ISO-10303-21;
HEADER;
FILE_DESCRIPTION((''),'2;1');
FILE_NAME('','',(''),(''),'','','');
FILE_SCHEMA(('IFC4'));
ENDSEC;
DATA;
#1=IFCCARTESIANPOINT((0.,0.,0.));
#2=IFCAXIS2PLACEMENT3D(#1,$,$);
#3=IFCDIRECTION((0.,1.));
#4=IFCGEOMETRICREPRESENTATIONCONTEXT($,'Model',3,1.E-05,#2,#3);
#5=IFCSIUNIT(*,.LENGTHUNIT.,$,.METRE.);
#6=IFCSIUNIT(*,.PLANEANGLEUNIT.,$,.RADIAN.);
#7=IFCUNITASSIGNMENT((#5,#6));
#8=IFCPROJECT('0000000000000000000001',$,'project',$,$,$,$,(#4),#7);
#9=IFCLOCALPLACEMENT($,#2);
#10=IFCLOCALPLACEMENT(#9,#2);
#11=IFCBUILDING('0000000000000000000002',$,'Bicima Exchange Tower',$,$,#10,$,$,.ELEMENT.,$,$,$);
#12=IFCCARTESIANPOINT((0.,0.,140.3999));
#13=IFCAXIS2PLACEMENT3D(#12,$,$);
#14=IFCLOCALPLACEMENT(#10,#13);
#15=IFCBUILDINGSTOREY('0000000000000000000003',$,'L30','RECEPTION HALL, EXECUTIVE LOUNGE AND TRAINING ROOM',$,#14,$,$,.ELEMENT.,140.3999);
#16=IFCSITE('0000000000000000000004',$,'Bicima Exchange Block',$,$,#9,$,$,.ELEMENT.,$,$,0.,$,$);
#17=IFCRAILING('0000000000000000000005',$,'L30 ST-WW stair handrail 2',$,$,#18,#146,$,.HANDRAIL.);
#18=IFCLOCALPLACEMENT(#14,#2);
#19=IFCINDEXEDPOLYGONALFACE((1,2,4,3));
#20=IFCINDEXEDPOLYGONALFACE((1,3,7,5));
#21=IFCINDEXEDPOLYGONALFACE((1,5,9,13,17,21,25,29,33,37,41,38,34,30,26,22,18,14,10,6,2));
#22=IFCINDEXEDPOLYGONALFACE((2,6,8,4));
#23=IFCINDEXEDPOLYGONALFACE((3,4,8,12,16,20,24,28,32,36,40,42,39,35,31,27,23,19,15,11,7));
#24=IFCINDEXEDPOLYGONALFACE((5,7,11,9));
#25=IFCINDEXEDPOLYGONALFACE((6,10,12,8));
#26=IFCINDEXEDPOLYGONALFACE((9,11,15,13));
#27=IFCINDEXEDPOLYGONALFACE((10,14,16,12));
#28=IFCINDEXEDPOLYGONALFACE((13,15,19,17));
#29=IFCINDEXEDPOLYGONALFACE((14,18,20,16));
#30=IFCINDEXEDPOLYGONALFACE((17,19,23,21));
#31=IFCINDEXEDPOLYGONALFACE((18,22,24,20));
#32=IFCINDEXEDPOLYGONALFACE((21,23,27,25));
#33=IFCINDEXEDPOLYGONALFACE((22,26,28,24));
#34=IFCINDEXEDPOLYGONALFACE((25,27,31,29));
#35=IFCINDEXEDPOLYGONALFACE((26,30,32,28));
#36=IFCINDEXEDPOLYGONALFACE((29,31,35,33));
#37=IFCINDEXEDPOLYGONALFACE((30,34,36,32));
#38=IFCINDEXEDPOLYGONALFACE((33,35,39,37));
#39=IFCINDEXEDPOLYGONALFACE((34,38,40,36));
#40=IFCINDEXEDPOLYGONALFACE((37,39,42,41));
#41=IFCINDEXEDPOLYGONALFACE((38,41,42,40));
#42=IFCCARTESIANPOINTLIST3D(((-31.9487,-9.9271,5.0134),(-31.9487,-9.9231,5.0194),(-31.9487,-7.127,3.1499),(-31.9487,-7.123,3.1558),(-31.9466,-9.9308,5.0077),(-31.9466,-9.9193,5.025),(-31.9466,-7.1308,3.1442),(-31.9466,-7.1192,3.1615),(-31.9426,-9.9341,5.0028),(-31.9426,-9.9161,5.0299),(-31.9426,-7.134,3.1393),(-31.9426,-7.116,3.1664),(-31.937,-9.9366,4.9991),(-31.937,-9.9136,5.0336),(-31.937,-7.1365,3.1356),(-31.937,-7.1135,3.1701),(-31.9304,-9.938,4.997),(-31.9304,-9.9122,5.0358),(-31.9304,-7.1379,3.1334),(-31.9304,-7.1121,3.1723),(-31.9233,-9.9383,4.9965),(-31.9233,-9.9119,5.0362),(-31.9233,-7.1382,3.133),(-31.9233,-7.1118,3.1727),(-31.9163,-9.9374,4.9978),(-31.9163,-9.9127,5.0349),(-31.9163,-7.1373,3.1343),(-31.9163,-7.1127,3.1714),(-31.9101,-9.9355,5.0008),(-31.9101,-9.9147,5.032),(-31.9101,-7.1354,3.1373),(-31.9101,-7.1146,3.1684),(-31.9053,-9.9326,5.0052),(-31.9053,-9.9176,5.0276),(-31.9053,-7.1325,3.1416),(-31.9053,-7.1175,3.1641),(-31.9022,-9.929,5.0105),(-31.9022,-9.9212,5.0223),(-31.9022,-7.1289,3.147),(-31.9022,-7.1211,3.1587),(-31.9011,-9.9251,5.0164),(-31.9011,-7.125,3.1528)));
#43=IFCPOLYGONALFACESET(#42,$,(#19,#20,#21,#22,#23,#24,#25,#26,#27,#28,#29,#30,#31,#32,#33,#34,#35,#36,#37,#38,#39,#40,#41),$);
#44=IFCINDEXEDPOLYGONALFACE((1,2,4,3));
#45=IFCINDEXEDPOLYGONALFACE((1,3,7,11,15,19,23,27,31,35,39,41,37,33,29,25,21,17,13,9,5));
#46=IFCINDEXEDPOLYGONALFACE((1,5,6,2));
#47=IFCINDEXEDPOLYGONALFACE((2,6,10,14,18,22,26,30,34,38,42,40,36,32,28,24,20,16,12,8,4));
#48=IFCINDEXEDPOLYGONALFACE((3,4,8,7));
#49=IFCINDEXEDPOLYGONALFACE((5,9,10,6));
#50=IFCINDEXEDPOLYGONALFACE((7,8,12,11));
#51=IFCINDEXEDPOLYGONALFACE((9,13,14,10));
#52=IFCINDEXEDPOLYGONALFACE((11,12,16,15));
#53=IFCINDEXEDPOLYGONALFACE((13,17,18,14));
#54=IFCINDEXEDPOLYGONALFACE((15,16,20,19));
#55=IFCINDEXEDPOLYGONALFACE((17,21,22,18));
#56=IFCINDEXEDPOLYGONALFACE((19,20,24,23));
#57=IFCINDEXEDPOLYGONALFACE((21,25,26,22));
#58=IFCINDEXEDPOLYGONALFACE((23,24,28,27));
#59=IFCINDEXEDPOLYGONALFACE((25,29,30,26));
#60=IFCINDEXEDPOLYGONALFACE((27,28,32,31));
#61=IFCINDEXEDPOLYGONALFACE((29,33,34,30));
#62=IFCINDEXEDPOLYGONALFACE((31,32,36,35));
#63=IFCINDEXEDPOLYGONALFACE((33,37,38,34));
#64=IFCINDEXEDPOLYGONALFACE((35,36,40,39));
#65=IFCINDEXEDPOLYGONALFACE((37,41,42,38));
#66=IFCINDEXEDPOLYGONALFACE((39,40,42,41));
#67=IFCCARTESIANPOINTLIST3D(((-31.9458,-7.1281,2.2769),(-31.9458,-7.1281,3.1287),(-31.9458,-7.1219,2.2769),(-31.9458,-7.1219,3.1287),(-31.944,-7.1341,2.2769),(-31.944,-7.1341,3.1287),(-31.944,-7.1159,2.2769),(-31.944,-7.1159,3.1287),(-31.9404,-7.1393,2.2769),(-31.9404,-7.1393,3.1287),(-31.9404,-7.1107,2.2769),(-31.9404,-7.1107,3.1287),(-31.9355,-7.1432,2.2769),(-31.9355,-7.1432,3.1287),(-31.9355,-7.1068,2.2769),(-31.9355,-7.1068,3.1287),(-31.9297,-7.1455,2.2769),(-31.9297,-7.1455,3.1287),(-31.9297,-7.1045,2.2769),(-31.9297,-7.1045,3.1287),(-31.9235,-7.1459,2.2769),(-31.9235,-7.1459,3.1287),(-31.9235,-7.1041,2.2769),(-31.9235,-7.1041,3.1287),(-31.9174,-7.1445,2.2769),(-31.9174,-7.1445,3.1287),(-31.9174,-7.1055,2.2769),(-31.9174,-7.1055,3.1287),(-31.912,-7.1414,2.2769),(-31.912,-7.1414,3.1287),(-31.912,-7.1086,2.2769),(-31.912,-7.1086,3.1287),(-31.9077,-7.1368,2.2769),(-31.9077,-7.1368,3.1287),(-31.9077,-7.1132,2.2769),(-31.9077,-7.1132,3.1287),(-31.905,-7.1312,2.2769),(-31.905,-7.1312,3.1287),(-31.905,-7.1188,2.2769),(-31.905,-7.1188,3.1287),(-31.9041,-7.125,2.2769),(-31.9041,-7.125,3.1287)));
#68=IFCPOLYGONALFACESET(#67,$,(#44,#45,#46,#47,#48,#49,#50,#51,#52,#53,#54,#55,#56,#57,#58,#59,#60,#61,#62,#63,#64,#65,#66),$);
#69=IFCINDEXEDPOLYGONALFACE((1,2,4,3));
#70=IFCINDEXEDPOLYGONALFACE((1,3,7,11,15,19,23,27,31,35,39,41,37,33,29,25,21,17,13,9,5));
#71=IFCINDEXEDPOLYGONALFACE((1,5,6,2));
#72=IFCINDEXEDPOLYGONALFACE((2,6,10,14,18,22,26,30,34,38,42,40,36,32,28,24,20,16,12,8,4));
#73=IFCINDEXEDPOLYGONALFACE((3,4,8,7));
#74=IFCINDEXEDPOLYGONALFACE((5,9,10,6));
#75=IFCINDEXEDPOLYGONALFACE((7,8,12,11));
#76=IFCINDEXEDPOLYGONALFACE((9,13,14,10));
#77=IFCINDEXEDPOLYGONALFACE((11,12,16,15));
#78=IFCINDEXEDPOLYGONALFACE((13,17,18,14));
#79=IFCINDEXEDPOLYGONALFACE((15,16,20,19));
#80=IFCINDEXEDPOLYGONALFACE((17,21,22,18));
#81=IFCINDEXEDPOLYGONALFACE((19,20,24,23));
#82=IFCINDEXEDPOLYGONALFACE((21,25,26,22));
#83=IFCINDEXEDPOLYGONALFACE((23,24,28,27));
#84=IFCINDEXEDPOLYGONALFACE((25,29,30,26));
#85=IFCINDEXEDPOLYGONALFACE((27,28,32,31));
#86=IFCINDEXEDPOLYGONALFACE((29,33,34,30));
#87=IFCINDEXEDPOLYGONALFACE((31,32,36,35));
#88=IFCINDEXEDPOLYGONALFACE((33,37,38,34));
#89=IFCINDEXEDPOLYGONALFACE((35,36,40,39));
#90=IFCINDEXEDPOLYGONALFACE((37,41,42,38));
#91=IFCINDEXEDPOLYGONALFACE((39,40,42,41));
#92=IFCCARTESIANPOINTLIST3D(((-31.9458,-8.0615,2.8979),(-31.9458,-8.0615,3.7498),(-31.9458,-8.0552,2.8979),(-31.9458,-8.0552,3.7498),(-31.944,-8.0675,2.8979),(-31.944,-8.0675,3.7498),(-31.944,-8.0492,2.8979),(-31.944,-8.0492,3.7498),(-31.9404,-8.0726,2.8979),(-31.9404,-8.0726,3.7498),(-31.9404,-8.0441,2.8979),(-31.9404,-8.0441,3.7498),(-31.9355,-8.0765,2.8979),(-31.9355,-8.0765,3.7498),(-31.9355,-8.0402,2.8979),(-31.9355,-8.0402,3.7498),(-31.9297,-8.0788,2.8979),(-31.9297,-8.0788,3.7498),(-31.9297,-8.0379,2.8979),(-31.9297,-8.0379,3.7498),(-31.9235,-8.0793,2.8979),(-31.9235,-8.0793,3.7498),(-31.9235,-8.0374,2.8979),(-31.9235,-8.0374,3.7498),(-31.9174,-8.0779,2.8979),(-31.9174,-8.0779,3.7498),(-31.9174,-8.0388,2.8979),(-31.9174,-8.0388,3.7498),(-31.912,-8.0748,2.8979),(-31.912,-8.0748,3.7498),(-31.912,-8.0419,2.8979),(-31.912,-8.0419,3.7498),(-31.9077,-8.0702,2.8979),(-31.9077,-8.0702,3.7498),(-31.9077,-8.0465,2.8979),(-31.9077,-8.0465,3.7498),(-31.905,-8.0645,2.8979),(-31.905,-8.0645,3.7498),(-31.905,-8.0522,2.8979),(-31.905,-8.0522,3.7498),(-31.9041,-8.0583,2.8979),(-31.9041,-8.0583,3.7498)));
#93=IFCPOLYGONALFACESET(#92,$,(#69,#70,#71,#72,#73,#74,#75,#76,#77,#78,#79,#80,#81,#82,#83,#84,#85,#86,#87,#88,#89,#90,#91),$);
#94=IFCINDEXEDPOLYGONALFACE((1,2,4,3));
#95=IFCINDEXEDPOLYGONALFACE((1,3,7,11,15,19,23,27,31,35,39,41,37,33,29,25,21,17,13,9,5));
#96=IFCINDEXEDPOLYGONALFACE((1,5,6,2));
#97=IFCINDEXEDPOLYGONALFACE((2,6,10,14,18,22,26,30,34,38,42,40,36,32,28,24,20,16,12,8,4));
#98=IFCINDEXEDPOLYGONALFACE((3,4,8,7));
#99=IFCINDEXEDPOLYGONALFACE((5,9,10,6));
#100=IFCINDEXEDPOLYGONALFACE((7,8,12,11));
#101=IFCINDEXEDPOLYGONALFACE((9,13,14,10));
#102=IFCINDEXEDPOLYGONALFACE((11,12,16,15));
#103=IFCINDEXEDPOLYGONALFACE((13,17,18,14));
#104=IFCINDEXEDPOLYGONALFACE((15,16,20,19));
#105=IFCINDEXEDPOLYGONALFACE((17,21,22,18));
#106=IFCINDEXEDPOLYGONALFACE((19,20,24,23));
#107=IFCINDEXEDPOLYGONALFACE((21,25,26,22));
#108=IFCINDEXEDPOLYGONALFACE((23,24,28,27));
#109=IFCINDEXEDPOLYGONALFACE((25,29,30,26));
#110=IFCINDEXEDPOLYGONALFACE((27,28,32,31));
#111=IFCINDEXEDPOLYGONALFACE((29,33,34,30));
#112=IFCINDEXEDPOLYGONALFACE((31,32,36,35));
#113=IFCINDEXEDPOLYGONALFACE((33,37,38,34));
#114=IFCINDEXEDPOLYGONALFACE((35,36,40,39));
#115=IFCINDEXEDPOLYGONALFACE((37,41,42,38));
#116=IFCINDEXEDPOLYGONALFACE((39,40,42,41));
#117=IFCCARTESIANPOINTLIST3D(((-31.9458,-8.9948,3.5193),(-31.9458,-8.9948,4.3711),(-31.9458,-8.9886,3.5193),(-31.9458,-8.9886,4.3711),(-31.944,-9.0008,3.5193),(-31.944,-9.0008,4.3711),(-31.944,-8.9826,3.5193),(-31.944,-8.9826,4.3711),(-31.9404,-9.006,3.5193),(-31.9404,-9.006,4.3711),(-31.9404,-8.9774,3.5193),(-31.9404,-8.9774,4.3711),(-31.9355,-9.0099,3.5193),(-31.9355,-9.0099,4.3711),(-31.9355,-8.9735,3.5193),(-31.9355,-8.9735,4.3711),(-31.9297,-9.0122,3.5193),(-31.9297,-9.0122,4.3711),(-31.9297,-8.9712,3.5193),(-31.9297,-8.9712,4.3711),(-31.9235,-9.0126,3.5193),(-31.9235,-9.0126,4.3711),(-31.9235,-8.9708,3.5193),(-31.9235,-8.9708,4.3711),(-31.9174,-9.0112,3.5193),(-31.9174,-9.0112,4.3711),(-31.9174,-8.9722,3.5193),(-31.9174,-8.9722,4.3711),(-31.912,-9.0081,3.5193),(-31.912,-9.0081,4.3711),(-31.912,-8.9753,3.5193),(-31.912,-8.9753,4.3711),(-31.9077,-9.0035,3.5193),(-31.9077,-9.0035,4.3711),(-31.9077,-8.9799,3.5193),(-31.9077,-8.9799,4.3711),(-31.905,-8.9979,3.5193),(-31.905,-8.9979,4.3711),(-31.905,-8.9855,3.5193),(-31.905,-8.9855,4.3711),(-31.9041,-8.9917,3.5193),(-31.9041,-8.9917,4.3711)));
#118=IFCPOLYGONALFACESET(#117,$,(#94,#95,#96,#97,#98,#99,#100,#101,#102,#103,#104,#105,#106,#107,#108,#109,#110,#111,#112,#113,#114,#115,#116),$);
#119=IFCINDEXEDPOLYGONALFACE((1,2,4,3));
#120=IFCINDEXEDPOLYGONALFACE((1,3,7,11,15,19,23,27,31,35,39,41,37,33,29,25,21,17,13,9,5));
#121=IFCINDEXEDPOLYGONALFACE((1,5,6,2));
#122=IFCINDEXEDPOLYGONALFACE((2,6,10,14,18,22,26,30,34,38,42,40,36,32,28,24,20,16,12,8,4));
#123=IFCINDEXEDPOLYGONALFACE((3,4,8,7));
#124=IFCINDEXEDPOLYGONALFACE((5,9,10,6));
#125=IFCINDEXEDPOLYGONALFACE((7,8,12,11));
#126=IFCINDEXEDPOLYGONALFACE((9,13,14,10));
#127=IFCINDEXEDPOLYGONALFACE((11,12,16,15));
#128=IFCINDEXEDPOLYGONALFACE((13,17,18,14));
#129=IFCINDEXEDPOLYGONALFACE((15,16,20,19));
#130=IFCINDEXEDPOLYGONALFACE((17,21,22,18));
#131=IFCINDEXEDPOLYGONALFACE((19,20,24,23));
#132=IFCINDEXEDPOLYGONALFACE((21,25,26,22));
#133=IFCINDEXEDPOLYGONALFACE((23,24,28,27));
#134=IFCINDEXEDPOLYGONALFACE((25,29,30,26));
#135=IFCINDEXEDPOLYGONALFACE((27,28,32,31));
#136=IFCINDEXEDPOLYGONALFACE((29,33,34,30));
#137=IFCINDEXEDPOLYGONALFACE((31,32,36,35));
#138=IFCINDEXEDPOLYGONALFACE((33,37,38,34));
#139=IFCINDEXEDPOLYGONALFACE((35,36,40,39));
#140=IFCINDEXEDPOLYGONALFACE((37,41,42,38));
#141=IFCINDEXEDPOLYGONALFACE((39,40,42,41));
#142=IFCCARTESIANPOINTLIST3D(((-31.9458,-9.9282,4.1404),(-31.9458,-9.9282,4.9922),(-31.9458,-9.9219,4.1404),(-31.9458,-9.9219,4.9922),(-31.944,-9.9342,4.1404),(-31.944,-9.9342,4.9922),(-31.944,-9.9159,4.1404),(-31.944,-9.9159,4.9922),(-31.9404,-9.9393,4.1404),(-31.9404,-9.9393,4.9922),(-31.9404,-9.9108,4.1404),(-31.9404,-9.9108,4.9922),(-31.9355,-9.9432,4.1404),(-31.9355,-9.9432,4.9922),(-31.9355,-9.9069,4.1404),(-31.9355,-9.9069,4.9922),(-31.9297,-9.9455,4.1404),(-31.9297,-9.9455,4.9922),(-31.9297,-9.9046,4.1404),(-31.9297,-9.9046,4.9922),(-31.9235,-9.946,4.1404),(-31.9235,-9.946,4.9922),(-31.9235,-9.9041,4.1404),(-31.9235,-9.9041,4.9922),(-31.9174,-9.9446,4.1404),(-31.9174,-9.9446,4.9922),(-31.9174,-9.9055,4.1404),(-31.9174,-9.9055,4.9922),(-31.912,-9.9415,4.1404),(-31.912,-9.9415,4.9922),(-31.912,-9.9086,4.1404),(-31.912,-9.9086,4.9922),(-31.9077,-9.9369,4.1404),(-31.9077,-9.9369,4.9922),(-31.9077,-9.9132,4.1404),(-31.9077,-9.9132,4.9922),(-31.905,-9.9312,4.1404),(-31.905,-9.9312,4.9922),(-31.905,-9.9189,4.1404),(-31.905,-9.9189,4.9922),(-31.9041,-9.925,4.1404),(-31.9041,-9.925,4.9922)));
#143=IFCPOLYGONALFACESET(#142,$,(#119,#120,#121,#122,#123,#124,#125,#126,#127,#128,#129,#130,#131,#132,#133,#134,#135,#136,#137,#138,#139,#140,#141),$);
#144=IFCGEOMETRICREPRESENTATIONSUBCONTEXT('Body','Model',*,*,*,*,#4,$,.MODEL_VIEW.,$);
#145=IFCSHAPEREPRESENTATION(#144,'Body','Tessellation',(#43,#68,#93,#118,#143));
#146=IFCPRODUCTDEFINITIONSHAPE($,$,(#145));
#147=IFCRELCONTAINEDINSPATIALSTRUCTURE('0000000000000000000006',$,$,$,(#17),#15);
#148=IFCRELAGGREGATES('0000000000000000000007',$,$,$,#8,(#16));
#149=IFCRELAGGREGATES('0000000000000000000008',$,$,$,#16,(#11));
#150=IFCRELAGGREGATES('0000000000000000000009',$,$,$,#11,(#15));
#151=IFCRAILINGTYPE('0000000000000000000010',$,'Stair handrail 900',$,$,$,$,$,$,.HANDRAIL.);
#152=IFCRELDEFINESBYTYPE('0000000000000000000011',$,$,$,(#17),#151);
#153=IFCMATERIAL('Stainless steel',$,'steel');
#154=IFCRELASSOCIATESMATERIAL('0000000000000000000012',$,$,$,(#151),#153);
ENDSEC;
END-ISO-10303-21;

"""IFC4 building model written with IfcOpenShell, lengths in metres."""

from ifc_helpers import new_model, si_unit, direction, frame, origin, origin_2d, place, context, subcontext, project, spatial, circle, extrude, material, type_object, element, save


model = new_model("IFC4")

# Units and contexts
model_context = context("Model", 3, precision=1e-05, world=origin(), true_north=direction((0.0, 1.0)))
body_context = subcontext(model_context, "Body", "Model", "MODEL_VIEW")
ifc_project = project(units=[si_unit("LENGTHUNIT", "METRE"), si_unit("PLANEANGLEUNIT", "RADIAN")], contexts=[model_context])

# Site, building, storey
site_placement = place(None, origin())
site = spatial("IfcSite", under=ifc_project, at=site_placement, Name="Bicima Exchange Block", CompositionType="ELEMENT", RefElevation=0.0)
building_placement = place(site_placement, origin())
building = spatial("IfcBuilding", under=site, at=building_placement, Name="Bicima Exchange Tower", CompositionType="ELEMENT")
storey_placement = place(building_placement, frame((0.0, 0.0, 140.3999)))
storey = spatial("IfcBuildingStorey", under=building, at=storey_placement, Name="L30", Description="RECEPTION HALL, EXECUTIVE LOUNGE AND TRAINING ROOM", CompositionType="ELEMENT", Elevation=140.3999)

# Railing
ifc_material_1 = material(Name="Stainless steel", Category="steel")
railing_type_1 = type_object("IfcRailingType", Name="Stair handrail 900", PredefinedType="HANDRAIL", material=ifc_material_1)
railing_1_placement = place(storey_placement, frame((-31.925, -7.125, 2.2769)))
element("IfcRailing", 1, at=railing_1_placement, inside=storey, type_object=railing_type_1, Name="L30 ST-WW stair handrail 2", PredefinedType="HANDRAIL", context=body_context, shape_type="SweptSolid", body=[
    extrude(circle(Radius=0.0239, at=origin_2d()), frame((0.0, 0.0, 0.876), z_axis=(0.0, -0.832486, 0.554047), x_axis=(1.0, 0.0, 0.0)), (0.0, 0.0, 1.0), 3.3635),
    extrude(circle(Radius=0.021, at=origin_2d()), origin(), (0.0, 0.0, 1.0), 0.8518),
    extrude(circle(Radius=0.021, at=origin_2d()), frame((0.0, -0.9333, 0.6211)), (0.0, 0.0, 1.0), 0.8518),
    extrude(circle(Radius=0.021, at=origin_2d()), frame((0.0, -1.8667, 1.2424)), (0.0, 0.0, 1.0), 0.8518),
    extrude(circle(Radius=0.021, at=origin_2d()), frame((0.0, -2.8, 1.8635)), (0.0, 0.0, 1.0), 0.8518),
])

save(model, "model.ifc")
